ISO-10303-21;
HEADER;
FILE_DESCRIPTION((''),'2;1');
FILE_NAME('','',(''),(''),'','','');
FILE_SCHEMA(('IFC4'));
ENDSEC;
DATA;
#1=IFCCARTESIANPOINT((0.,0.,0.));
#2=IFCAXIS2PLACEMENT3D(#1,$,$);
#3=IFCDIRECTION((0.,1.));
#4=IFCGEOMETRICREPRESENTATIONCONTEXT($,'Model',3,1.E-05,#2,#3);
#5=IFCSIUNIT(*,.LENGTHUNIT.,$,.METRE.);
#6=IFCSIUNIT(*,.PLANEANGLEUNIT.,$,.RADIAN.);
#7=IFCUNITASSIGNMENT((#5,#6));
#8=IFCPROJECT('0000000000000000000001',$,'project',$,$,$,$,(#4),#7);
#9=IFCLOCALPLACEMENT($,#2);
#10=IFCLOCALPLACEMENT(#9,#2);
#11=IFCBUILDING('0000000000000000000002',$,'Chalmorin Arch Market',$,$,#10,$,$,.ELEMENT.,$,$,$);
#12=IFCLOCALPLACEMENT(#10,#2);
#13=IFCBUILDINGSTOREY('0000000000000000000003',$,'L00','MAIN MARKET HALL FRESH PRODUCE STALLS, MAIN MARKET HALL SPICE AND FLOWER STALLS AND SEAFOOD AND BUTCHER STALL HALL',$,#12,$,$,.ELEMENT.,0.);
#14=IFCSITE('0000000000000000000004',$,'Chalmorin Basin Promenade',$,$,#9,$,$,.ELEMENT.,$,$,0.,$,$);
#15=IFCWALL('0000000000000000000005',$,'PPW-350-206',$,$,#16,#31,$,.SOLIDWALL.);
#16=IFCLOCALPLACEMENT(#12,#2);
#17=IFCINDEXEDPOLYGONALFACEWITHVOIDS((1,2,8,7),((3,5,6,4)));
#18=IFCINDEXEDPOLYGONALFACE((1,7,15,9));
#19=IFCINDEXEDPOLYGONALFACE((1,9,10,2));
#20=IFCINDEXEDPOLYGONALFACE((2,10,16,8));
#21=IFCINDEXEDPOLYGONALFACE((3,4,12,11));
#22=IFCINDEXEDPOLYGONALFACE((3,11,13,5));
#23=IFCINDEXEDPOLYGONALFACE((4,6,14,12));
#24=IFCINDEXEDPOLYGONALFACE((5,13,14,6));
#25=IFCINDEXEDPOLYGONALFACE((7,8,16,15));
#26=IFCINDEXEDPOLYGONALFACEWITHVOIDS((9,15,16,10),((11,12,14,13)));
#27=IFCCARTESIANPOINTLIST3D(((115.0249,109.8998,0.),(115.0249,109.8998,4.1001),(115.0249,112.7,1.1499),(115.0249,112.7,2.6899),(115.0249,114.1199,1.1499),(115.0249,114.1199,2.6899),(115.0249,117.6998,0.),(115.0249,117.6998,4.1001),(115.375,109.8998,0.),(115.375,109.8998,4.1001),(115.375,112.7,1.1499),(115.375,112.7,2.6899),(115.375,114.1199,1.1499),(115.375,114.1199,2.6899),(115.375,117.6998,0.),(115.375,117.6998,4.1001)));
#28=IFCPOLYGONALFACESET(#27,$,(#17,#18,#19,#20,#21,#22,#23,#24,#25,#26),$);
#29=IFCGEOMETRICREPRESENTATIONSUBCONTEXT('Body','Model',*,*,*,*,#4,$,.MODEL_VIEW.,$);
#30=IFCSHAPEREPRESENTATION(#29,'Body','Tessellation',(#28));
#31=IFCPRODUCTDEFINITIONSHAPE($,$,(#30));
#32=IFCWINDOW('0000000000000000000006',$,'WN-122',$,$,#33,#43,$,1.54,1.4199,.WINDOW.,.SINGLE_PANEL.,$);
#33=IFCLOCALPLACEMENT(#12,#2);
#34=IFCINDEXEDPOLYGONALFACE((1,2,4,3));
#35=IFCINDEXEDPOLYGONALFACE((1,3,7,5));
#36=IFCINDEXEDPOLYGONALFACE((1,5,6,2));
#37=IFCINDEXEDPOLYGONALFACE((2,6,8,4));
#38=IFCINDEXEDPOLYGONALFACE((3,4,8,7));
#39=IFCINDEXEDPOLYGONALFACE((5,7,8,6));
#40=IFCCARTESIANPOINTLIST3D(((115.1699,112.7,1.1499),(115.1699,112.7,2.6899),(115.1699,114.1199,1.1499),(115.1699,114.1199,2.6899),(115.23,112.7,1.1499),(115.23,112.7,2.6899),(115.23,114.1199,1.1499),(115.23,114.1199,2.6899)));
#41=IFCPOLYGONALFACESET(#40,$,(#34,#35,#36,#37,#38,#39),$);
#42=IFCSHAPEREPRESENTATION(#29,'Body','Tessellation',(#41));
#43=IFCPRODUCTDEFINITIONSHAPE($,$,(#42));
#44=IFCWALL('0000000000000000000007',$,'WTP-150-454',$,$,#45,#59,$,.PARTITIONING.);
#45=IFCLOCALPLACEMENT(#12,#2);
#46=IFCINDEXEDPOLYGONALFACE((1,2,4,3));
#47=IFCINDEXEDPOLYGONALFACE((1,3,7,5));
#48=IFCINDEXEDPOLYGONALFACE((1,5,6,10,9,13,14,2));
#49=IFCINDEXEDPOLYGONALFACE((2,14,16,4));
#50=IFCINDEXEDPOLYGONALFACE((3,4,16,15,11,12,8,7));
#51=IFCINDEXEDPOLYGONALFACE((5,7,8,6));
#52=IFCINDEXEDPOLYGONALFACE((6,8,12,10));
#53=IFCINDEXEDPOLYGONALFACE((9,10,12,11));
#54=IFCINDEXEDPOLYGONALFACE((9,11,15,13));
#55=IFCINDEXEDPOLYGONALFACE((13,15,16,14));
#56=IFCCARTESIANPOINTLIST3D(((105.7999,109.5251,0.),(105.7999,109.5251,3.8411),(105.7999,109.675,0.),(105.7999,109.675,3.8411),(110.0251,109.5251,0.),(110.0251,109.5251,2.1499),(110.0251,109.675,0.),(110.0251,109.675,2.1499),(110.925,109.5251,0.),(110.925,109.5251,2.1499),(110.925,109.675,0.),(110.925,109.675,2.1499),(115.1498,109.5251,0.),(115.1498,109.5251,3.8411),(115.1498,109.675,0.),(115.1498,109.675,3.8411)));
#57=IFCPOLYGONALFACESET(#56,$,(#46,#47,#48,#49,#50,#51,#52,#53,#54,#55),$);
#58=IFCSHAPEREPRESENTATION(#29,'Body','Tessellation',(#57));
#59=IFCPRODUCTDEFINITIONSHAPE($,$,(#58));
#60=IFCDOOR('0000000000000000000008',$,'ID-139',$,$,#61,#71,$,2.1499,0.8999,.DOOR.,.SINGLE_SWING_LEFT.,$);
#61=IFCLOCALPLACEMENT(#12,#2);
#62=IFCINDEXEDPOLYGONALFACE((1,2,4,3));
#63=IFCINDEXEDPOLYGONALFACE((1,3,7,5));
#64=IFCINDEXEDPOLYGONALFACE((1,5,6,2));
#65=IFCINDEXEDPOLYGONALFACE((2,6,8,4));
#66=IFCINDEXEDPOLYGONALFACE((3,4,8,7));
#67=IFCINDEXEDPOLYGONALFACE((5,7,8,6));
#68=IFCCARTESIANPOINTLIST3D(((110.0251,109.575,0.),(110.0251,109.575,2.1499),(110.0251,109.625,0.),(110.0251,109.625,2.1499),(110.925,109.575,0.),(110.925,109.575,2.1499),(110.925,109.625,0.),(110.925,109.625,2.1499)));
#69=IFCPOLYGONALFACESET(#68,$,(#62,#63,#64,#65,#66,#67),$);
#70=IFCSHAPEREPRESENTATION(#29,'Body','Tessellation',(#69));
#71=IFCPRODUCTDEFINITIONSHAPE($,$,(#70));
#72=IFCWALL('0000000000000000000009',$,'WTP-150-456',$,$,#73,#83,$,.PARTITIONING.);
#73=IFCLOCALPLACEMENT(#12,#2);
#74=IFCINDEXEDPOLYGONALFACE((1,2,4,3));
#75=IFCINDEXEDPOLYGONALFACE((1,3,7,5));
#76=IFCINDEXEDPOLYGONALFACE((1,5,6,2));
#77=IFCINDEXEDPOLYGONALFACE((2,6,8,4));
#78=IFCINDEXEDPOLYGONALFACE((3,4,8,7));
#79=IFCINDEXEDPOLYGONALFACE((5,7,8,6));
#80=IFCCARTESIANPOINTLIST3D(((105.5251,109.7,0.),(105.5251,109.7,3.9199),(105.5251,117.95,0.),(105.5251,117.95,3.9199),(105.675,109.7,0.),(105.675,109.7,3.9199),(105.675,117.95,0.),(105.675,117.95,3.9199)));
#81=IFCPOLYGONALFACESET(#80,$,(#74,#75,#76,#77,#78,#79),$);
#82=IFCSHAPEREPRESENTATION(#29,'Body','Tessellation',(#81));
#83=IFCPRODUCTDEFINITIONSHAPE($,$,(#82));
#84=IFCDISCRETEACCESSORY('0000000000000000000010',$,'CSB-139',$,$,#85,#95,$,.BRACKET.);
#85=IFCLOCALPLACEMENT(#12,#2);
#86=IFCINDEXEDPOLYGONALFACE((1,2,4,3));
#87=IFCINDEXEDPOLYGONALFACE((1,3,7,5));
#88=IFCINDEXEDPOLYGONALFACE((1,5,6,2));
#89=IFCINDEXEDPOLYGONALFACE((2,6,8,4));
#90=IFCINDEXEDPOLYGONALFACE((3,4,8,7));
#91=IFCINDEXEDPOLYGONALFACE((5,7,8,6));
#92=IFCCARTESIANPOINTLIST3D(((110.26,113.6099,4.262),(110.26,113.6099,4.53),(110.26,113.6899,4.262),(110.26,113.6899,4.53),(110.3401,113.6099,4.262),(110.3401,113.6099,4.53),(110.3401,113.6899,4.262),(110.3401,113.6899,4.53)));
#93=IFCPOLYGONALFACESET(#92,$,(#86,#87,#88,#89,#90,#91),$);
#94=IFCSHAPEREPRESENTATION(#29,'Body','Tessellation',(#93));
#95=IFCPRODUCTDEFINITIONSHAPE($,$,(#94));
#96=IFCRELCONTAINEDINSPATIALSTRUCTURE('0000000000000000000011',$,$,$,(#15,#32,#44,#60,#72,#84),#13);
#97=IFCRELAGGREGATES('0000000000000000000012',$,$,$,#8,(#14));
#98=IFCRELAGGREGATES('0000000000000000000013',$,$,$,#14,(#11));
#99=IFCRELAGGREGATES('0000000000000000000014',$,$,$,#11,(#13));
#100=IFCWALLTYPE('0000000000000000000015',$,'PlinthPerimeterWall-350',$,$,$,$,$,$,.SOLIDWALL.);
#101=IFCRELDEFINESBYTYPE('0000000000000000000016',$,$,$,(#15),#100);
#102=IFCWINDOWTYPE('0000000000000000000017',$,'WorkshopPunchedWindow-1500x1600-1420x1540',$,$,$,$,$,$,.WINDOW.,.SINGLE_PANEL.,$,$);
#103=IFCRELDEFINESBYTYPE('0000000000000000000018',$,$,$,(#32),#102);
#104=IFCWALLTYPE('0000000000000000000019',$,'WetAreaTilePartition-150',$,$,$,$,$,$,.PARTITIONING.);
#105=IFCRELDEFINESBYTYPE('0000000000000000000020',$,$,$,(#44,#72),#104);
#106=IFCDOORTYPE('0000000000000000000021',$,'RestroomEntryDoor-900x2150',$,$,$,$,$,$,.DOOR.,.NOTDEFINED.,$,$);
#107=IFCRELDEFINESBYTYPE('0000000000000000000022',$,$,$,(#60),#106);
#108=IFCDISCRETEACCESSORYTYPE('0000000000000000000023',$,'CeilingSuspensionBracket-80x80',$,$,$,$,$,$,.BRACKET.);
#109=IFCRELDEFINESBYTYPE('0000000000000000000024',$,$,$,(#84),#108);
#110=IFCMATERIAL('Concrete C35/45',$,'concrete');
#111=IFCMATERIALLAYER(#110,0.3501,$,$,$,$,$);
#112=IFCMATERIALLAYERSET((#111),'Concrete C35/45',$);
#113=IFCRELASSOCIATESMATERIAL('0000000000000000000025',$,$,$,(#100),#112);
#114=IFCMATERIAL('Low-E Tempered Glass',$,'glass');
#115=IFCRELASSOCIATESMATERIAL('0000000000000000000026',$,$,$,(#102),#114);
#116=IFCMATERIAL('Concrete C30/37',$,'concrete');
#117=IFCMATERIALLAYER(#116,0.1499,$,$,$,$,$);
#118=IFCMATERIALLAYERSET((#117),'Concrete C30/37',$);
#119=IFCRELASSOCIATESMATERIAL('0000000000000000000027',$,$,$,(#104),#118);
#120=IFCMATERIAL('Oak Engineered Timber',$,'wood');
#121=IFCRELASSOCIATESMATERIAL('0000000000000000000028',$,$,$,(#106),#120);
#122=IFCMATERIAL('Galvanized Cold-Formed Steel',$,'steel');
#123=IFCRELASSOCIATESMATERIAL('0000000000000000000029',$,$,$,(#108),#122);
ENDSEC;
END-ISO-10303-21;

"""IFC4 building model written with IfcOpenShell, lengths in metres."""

from ifc_helpers import new_model, si_unit, direction, frame, frame_2d, origin, origin_2d, place, context, subcontext, project, spatial, rectangle, extrude, material, layer, layer_set, type_object, element, fill, save


model = new_model("IFC4")

# Units and contexts
model_context = context("Model", 3, precision=1e-05, world=origin(), true_north=direction((0.0, 1.0)))
body_context = subcontext(model_context, "Body", "Model", "MODEL_VIEW")
ifc_project = project(units=[si_unit("LENGTHUNIT", "METRE"), si_unit("PLANEANGLEUNIT", "RADIAN")], contexts=[model_context])

# Site, building, storey
site_placement = place(None, origin())
site = spatial("IfcSite", under=ifc_project, at=site_placement, Name="Chalmorin Basin Promenade", CompositionType="ELEMENT", RefElevation=0.0)
building_placement = place(site_placement, origin())
building = spatial("IfcBuilding", under=site, at=building_placement, Name="Chalmorin Arch Market", CompositionType="ELEMENT")
storey_placement = place(building_placement, origin())
storey = spatial("IfcBuildingStorey", under=building, at=storey_placement, Name="L00", Description="MAIN MARKET HALL FRESH PRODUCE STALLS, MAIN MARKET HALL SPICE AND FLOWER STALLS AND SEAFOOD AND BUTCHER STALL HALL", CompositionType="ELEMENT", Elevation=0.0)

# Shared definitions
ifc_material_1 = material(Name="Concrete C35/45", Category="concrete")
ifc_layer_1 = layer(ifc_material_1, 0.3501)
ifc_layer_set_1 = layer_set([ifc_layer_1], Name="Concrete C35/45")
wall_type_1 = type_object("IfcWallType", Name="PlinthPerimeterWall-350", PredefinedType="SOLIDWALL", material=ifc_layer_set_1)
ifc_material_2 = material(Name="Low-E Tempered Glass", Category="glass")

# Wall, opening, window
wall_1_placement = place(storey_placement, frame((115.2, 109.8999, 0.0), z_axis=(0.0, 0.0, 1.0), x_axis=(0.0, 1.0, 0.0)))
wall_1 = element("IfcWall", 1, at=wall_1_placement, inside=storey, type_object=wall_type_1, Name="PPW-350-206", PredefinedType="SOLIDWALL", context=body_context, shape_type="SweptSolid", body=[
    extrude(rectangle(XDim=7.8, YDim=0.3501, at=frame_2d((3.8999, 0.0))), origin(), (0.0, 0.0, 1.0), 4.1001),
])
opening_1_placement = place(wall_1_placement, frame((2.8, 0.0, 1.1499)))
opening_1 = element("IfcOpeningElement", 2, at=opening_1_placement, cuts=wall_1, PredefinedType="OPENING", context=body_context, shape_type="SweptSolid", body=[
    extrude(rectangle(XDim=1.4199, YDim=1.54, at=frame_2d((0.71, 0.77))), frame((0.0, 0.1851, 0.0), z_axis=(0.0, -1.0, 0.0), x_axis=(1.0, 0.0, 0.0)), (0.0, 0.0, 1.0), 0.3701),
])
window_type_1 = type_object("IfcWindowType", Name="WorkshopPunchedWindow-1500x1600-1420x1540", PartitioningType="SINGLE_PANEL", PredefinedType="WINDOW", material=ifc_material_2)
window_1_placement = place(opening_1_placement, origin())
window_1 = element("IfcWindow", 3, at=window_1_placement, inside=storey, type_object=window_type_1, Name="WN-122", OverallHeight=1.54, OverallWidth=1.4199, PartitioningType="SINGLE_PANEL", PredefinedType="WINDOW", context=body_context, shape_type="SweptSolid", body=[
    extrude(rectangle(XDim=1.4199, YDim=1.54, at=frame_2d((0.71, 0.77))), frame((0.0, 0.03, 0.0), z_axis=(0.0, -1.0, 0.0), x_axis=(1.0, 0.0, 0.0)), (0.0, 0.0, 1.0), 0.0601),
])
fill(opening_1, window_1)

# Wall, opening, door
ifc_material_3 = material(Name="Concrete C30/37", Category="concrete")
ifc_layer_2 = layer(ifc_material_3, 0.1499)
ifc_layer_set_2 = layer_set([ifc_layer_2], Name="Concrete C30/37")
wall_type_2 = type_object("IfcWallType", Name="WetAreaTilePartition-150", PredefinedType="PARTITIONING", material=ifc_layer_set_2)
wall_2_placement = place(storey_placement, frame((105.8, 109.6001, 0.0), z_axis=(0.0, 0.0, 1.0), x_axis=(1.0, 0.0, 0.0)))
wall_2 = element("IfcWall", 4, at=wall_2_placement, inside=storey, type_object=wall_type_2, Name="WTP-150-454", PredefinedType="PARTITIONING", context=body_context, shape_type="SweptSolid", body=[
    extrude(rectangle(XDim=9.3499, YDim=0.1499, at=frame_2d((4.6748, 0.0))), origin(), (0.0, 0.0, 1.0), 3.8411),
])
opening_2_placement = place(wall_2_placement, frame((4.2251, 0.0, 0.0)))
opening_2 = element("IfcOpeningElement", 5, at=opening_2_placement, cuts=wall_2, PredefinedType="OPENING", context=body_context, shape_type="SweptSolid", body=[
    extrude(rectangle(XDim=0.8999, YDim=2.1499, at=frame_2d((0.45, 1.075))), frame((0.0, 0.085, 0.0), z_axis=(0.0, -1.0, 0.0), x_axis=(1.0, 0.0, 0.0)), (0.0, 0.0, 1.0), 0.1699),
])
ifc_material_4 = material(Name="Oak Engineered Timber", Category="wood")
door_type_1 = type_object("IfcDoorType", Name="RestroomEntryDoor-900x2150", OperationType="NOTDEFINED", PredefinedType="DOOR", material=ifc_material_4)
door_1_placement = place(opening_2_placement, origin())
door_1 = element("IfcDoor", 6, at=door_1_placement, inside=storey, type_object=door_type_1, Name="ID-139", OperationType="SINGLE_SWING_LEFT", OverallHeight=2.1499, OverallWidth=0.8999, PredefinedType="DOOR", context=body_context, shape_type="SweptSolid", body=[
    extrude(rectangle(XDim=0.8999, YDim=2.1499, at=frame_2d((0.45, 1.075))), frame((0.0, 0.0249, 0.0), z_axis=(0.0, -1.0, 0.0), x_axis=(1.0, 0.0, 0.0)), (0.0, 0.0, 1.0), 0.05),
])
fill(opening_2, door_1)

# Wall
wall_3_placement = place(storey_placement, frame((105.6001, 109.7, 0.0), z_axis=(0.0, 0.0, 1.0), x_axis=(0.0, 1.0, 0.0)))
element("IfcWall", 7, at=wall_3_placement, inside=storey, type_object=wall_type_2, Name="WTP-150-456", PredefinedType="PARTITIONING", context=body_context, shape_type="SweptSolid", body=[
    extrude(rectangle(XDim=8.25, YDim=0.1499, at=frame_2d((4.125, 0.0))), origin(), (0.0, 0.0, 1.0), 3.9199),
])

# Discrete accessory
ifc_material_5 = material(Name="Galvanized Cold-Formed Steel", Category="steel")
discrete_accessory_type = type_object("IfcDiscreteAccessoryType", Name="CeilingSuspensionBracket-80x80", PredefinedType="BRACKET", material=ifc_material_5)
discrete_accessory_placement = place(storey_placement, frame((110.3, 113.6499, 4.262), z_axis=(0.0, 0.0, 1.0), x_axis=(1.0, 0.0, 0.0)))
element("IfcDiscreteAccessory", 8, at=discrete_accessory_placement, inside=storey, type_object=discrete_accessory_type, Name="CSB-139", PredefinedType="BRACKET", context=body_context, shape_type="SweptSolid", body=[
    extrude(rectangle(XDim=0.0801, YDim=0.0801, at=origin_2d()), origin(), (0.0, 0.0, 1.0), 0.2681),
])

save(model, "model.ifc")
